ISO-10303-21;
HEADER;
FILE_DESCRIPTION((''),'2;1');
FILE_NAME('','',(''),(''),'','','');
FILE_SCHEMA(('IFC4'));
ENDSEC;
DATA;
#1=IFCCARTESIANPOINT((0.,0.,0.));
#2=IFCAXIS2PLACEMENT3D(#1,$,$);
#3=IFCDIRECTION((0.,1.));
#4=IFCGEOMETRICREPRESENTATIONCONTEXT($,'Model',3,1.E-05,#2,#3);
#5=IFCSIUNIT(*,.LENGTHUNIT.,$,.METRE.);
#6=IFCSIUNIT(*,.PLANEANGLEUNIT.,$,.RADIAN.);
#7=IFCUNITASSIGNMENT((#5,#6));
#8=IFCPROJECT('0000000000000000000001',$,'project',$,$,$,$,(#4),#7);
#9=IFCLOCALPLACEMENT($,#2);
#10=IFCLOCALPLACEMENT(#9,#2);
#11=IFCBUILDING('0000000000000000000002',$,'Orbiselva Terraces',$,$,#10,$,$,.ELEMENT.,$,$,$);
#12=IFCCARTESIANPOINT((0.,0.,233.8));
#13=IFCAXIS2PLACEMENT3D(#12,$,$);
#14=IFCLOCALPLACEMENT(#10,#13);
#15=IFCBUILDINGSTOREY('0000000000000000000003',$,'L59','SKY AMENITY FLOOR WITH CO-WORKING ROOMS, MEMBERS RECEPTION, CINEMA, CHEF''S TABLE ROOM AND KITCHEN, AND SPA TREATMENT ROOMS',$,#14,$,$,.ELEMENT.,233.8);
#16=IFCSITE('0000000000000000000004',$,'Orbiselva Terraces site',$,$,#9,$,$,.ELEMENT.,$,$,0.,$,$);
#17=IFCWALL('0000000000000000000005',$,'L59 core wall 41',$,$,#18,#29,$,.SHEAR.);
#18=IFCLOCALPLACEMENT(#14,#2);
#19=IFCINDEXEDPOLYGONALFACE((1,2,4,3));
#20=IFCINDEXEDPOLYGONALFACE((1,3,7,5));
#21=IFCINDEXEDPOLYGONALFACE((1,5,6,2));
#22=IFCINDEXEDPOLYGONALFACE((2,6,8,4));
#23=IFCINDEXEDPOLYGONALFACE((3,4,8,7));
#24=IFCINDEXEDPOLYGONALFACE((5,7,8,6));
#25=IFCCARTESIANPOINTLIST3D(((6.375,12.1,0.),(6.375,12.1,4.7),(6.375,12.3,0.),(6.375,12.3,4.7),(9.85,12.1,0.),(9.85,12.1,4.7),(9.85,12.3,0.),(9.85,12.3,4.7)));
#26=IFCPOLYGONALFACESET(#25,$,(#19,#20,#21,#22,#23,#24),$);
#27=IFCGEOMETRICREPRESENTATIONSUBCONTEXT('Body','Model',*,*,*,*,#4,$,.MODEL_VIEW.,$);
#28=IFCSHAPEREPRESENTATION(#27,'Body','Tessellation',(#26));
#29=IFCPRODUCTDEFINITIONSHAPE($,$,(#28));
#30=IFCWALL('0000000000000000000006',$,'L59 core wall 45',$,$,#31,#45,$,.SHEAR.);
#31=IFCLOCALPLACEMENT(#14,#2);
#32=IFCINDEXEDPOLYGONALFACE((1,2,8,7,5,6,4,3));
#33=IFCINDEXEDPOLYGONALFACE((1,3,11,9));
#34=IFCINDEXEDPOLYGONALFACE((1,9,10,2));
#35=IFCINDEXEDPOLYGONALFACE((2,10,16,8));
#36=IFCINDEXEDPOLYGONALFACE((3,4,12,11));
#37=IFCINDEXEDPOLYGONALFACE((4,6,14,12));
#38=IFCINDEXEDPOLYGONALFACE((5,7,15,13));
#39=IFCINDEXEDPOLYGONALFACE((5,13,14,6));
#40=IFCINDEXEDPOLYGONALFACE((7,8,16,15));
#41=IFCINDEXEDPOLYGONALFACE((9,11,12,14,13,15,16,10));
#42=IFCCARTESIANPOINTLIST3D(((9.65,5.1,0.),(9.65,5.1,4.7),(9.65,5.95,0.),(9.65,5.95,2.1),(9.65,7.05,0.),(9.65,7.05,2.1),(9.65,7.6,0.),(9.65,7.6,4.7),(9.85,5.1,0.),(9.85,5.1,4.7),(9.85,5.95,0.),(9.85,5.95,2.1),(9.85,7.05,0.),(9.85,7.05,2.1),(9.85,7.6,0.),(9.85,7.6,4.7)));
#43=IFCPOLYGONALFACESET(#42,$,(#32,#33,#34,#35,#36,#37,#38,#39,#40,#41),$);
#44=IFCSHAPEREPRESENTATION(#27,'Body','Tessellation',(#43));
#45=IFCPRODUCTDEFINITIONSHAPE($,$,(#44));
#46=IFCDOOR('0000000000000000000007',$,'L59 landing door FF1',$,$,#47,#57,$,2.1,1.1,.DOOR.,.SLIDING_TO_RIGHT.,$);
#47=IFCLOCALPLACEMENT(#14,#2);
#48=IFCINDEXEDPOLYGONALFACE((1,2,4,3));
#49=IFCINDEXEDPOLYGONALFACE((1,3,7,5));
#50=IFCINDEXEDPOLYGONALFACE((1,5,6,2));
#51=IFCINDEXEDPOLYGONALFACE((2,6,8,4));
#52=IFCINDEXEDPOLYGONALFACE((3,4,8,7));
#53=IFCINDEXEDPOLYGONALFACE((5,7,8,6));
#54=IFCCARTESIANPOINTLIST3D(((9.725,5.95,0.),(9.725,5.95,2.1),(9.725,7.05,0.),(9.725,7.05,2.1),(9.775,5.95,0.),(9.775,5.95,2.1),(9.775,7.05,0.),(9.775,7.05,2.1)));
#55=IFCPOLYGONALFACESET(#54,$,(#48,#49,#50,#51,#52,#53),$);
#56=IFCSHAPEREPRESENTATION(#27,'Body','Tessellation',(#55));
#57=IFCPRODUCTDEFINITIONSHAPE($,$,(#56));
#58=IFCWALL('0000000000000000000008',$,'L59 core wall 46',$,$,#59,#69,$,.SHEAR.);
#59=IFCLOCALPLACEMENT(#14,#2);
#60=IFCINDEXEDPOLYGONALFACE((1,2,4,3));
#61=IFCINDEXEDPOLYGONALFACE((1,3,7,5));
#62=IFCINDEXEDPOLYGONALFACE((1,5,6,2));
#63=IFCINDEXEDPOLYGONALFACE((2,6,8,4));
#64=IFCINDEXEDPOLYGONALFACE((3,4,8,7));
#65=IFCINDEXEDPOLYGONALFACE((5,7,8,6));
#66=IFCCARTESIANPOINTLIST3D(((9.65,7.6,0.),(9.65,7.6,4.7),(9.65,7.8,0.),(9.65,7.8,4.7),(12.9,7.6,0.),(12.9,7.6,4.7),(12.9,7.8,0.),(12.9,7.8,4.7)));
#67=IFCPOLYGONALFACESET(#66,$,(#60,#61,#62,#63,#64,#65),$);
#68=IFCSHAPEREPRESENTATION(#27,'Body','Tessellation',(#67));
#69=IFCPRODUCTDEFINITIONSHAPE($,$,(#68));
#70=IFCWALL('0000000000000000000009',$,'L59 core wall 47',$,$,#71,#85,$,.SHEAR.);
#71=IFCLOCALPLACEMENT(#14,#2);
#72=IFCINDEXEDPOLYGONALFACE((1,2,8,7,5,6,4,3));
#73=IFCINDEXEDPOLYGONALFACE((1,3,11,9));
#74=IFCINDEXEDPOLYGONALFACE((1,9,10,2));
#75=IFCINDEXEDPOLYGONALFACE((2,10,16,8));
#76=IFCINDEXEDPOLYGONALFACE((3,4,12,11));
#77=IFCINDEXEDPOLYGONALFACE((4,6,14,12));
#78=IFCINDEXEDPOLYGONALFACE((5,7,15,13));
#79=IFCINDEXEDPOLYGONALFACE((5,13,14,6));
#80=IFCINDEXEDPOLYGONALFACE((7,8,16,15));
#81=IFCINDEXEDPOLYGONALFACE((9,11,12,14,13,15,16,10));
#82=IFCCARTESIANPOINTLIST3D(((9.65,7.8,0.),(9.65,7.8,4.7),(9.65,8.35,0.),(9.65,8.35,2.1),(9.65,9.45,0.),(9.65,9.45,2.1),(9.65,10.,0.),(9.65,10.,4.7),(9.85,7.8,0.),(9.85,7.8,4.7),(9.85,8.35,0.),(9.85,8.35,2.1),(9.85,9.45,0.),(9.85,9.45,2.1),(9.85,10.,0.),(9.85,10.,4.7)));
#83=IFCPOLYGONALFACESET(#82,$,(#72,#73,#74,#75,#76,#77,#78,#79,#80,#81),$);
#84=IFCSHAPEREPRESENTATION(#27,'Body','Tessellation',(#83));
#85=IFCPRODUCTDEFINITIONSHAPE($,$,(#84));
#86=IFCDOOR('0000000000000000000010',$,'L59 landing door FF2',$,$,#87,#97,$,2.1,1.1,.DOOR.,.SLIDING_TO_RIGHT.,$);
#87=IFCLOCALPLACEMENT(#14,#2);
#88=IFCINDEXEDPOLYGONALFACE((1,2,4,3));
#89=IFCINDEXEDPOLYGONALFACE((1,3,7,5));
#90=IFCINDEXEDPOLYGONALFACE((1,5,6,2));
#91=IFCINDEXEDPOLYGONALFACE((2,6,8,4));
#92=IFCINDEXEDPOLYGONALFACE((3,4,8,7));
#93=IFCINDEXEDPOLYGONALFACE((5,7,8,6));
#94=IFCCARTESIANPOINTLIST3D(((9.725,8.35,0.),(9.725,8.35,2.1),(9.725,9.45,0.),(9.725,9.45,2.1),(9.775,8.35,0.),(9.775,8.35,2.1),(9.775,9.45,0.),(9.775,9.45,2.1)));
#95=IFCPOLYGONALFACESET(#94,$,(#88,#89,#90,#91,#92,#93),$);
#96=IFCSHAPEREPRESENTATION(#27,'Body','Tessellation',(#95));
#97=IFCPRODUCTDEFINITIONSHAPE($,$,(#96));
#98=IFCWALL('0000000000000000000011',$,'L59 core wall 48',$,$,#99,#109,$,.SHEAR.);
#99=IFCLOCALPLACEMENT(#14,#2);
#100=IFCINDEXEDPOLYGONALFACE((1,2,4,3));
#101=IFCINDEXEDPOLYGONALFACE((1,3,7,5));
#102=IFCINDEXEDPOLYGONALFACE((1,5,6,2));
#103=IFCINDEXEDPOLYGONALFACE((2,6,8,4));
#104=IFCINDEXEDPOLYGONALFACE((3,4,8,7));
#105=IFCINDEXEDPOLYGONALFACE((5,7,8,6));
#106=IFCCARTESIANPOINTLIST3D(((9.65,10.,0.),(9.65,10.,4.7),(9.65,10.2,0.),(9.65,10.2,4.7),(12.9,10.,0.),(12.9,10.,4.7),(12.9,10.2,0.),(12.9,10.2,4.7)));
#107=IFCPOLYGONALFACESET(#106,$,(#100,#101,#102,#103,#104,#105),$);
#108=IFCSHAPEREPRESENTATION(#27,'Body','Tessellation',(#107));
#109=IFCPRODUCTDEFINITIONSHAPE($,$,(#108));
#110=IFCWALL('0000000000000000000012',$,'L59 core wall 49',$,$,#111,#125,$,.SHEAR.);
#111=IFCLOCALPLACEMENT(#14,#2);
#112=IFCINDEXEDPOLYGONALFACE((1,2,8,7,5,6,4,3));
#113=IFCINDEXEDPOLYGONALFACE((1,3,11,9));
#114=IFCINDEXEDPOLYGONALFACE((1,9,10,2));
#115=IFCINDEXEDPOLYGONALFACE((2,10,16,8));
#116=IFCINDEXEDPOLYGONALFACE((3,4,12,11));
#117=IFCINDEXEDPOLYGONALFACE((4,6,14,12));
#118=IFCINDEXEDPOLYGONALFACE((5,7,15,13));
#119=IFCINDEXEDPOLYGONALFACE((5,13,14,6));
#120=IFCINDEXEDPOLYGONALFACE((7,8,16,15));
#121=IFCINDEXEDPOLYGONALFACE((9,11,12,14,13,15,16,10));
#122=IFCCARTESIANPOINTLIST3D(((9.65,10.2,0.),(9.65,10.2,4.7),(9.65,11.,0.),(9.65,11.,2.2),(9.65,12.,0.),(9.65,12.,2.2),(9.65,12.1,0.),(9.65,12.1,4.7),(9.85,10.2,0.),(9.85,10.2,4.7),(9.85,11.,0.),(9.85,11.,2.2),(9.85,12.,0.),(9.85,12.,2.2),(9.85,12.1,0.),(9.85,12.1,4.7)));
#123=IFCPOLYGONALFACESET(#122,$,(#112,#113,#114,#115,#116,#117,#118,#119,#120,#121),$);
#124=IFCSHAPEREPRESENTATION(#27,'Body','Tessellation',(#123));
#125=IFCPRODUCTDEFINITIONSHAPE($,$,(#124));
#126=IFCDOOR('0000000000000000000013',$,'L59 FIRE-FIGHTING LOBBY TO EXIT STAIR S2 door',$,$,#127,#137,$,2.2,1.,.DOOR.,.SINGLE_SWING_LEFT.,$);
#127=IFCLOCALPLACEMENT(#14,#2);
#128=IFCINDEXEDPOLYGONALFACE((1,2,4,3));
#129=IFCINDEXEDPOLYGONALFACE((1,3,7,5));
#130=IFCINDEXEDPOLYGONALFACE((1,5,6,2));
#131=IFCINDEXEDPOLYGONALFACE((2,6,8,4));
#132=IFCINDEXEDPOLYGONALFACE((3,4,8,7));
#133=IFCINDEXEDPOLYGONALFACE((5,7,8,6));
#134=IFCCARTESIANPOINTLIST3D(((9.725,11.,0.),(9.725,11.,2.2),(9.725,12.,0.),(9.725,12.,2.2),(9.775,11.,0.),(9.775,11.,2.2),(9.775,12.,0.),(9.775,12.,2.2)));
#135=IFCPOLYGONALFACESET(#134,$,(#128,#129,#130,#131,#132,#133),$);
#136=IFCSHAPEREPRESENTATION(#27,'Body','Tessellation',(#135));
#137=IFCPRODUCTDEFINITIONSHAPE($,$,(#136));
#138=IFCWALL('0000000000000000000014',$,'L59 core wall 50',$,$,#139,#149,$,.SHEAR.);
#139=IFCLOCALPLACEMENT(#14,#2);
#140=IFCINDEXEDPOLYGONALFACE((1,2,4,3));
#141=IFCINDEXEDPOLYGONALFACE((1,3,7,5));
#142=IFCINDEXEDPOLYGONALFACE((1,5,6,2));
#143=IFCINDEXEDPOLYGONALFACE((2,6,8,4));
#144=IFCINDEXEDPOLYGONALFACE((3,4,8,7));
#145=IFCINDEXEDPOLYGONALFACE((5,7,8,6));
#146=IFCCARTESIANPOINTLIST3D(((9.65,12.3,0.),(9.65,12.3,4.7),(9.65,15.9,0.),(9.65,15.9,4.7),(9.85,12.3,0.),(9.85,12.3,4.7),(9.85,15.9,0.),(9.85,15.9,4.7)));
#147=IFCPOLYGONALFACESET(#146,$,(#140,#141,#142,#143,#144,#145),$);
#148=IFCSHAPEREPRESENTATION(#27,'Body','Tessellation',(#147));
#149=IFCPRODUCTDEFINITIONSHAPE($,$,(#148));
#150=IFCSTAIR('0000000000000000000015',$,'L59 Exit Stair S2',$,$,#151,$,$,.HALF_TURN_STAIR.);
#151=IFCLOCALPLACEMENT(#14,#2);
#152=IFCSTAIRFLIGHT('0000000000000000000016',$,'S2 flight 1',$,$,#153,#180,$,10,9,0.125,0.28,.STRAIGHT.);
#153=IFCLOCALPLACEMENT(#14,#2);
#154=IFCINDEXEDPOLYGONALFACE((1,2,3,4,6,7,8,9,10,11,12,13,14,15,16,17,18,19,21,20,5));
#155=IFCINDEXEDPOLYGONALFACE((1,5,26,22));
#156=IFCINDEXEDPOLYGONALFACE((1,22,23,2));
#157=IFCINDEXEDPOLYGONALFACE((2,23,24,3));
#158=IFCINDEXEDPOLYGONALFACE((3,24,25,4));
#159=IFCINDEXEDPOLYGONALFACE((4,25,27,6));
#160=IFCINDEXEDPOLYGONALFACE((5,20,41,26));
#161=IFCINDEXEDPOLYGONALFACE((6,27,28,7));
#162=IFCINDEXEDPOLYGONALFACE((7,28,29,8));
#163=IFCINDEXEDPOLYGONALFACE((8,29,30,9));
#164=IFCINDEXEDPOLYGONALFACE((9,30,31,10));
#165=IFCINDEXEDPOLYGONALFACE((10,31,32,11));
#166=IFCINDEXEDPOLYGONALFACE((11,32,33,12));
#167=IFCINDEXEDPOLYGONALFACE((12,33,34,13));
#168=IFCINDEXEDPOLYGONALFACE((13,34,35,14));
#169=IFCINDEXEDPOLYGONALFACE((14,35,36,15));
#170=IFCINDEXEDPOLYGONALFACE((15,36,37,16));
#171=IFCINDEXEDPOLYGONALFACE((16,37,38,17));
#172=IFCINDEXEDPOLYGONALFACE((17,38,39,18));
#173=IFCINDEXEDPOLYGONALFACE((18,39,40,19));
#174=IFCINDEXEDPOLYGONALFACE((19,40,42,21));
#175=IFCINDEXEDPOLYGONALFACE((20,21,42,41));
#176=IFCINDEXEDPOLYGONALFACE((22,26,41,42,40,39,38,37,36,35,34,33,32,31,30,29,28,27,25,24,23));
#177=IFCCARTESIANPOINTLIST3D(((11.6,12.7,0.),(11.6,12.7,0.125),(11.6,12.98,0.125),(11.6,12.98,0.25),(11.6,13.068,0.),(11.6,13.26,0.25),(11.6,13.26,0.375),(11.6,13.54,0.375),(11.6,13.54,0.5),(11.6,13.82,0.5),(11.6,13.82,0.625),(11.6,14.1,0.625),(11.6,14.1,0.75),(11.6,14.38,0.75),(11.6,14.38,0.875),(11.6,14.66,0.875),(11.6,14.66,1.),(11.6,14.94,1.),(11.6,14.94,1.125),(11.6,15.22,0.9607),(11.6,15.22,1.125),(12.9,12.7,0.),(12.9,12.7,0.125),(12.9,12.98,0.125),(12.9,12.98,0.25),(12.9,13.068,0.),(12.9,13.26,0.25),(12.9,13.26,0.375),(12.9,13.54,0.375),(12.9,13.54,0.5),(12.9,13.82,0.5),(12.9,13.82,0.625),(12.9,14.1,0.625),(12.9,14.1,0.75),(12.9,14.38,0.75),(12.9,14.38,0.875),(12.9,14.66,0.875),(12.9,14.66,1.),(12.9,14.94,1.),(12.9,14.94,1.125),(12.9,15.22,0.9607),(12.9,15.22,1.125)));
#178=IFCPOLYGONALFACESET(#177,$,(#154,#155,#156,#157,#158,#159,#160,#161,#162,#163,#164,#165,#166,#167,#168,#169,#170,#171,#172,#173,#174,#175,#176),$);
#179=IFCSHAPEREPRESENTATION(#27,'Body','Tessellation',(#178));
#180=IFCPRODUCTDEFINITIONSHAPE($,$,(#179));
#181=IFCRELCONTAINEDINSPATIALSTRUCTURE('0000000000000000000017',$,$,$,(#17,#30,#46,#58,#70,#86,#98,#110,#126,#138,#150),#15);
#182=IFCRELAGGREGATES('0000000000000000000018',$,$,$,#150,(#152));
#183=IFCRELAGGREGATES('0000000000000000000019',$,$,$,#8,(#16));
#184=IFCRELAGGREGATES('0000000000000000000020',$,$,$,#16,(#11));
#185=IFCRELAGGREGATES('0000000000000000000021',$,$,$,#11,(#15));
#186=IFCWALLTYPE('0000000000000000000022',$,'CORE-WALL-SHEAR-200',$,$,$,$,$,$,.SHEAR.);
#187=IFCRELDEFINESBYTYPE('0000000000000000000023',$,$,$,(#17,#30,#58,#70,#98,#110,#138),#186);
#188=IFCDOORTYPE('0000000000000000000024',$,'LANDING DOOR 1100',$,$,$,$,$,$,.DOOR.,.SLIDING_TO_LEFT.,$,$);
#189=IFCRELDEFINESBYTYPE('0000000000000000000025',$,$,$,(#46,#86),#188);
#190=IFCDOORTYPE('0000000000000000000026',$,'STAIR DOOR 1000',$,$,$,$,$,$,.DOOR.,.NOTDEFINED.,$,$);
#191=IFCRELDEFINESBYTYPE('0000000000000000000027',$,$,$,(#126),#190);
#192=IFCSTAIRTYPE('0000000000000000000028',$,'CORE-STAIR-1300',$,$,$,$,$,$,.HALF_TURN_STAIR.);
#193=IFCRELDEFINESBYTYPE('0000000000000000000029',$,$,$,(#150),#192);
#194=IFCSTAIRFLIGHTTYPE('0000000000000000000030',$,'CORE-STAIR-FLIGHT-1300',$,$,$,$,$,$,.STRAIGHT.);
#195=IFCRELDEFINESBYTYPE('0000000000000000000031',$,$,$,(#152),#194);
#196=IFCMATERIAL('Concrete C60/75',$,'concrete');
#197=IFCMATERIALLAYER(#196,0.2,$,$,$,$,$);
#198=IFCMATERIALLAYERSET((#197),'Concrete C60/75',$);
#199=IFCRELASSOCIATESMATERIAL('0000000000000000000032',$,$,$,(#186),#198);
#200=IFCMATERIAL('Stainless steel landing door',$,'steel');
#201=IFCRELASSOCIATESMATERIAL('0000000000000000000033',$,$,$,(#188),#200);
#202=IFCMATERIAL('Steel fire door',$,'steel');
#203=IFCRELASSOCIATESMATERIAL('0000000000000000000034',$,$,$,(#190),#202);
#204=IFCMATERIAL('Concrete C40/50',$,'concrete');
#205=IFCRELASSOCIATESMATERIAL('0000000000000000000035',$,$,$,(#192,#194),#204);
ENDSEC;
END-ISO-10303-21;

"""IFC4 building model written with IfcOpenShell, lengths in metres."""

from ifc_helpers import new_model, si_unit, direction, frame, frame_2d, origin, place, context, subcontext, project, spatial, polyline, rectangle, outline, extrude, material, layer, layer_set, type_object, element, fill, aggregate, save


model = new_model("IFC4")

# Units and contexts
model_context = context("Model", 3, precision=1e-05, world=origin(), true_north=direction((0.0, 1.0)))
body_context = subcontext(model_context, "Body", "Model", "MODEL_VIEW")
ifc_project = project(units=[si_unit("LENGTHUNIT", "METRE"), si_unit("PLANEANGLEUNIT", "RADIAN")], contexts=[model_context])

# Site, building, storey
site_placement = place(None, origin())
site = spatial("IfcSite", under=ifc_project, at=site_placement, Name="Orbiselva Terraces site", CompositionType="ELEMENT", RefElevation=0.0)
building_placement = place(site_placement, origin())
building = spatial("IfcBuilding", under=site, at=building_placement, Name="Orbiselva Terraces", CompositionType="ELEMENT")
storey_placement = place(building_placement, frame((0.0, 0.0, 233.8)))
storey = spatial("IfcBuildingStorey", under=building, at=storey_placement, Name="L59", Description="SKY AMENITY FLOOR WITH CO-WORKING ROOMS, MEMBERS RECEPTION, CINEMA, CHEF'S TABLE ROOM AND KITCHEN, AND SPA TREATMENT ROOMS", CompositionType="ELEMENT", Elevation=233.8)

# Shared definitions
ifc_material_1 = material(Name="Steel fire door", Category="steel")

# Shared definitions
ifc_material_2 = material(Name="Concrete C60/75", Category="concrete")
ifc_layer_1 = layer(ifc_material_2, 0.2)
ifc_layer_set_1 = layer_set([ifc_layer_1], Name="Concrete C60/75")
wall_type_1 = type_object("IfcWallType", Name="CORE-WALL-SHEAR-200", PredefinedType="SHEAR", material=ifc_layer_set_1)

# Wall
wall_1_placement = place(storey_placement, frame((6.375, 12.2, 0.0), z_axis=(0.0, 0.0, 1.0), x_axis=(1.0, 0.0, 0.0)))
element("IfcWall", 1, at=wall_1_placement, inside=storey, type_object=wall_type_1, Name="L59 core wall 41", PredefinedType="SHEAR", context=body_context, shape_type="SweptSolid", body=[
    extrude(rectangle(XDim=3.475, YDim=0.2, at=frame_2d((1.7375, 0.0))), origin(), (0.0, 0.0, 1.0), 4.7),
])

# Wall, opening, door
wall_2_placement = place(storey_placement, frame((9.75, 5.1, 0.0), z_axis=(0.0, 0.0, 1.0), x_axis=(0.0, 1.0, 0.0)))
wall_2 = element("IfcWall", 2, at=wall_2_placement, inside=storey, type_object=wall_type_1, Name="L59 core wall 45", PredefinedType="SHEAR", context=body_context, shape_type="SweptSolid", body=[
    extrude(rectangle(XDim=2.5, YDim=0.2, at=frame_2d((1.25, 0.0))), origin(), (0.0, 0.0, 1.0), 4.7),
])
opening_1_placement = place(wall_2_placement, frame((0.85, 0.0, 0.0)))
opening_1 = element("IfcOpeningElement", 3, at=opening_1_placement, cuts=wall_2, PredefinedType="OPENING", context=body_context, shape_type="SweptSolid", body=[
    extrude(rectangle(XDim=1.1, YDim=2.1, at=frame_2d((0.55, 1.05))), frame((0.0, 0.11, 0.0), z_axis=(0.0, -1.0, 0.0), x_axis=(1.0, 0.0, 0.0)), (0.0, 0.0, 1.0), 0.22),
])
ifc_material_3 = material(Name="Stainless steel landing door", Category="steel")
door_type_1 = type_object("IfcDoorType", Name="LANDING DOOR 1100", OperationType="SLIDING_TO_LEFT", PredefinedType="DOOR", material=ifc_material_3)
door_1_placement = place(opening_1_placement, origin())
door_1 = element("IfcDoor", 4, at=door_1_placement, inside=storey, type_object=door_type_1, Name="L59 landing door FF1", OperationType="SLIDING_TO_RIGHT", OverallHeight=2.1, OverallWidth=1.1, PredefinedType="DOOR", context=body_context, shape_type="SweptSolid", body=[
    extrude(rectangle(XDim=1.1, YDim=2.1, at=frame_2d((0.55, 1.05))), frame((0.0, 0.025, 0.0), z_axis=(0.0, -1.0, 0.0), x_axis=(1.0, 0.0, 0.0)), (0.0, 0.0, 1.0), 0.05),
])
fill(opening_1, door_1)

# Wall
wall_3_placement = place(storey_placement, frame((9.65, 7.7, 0.0), z_axis=(0.0, 0.0, 1.0), x_axis=(1.0, 0.0, 0.0)))
element("IfcWall", 5, at=wall_3_placement, inside=storey, type_object=wall_type_1, Name="L59 core wall 46", PredefinedType="SHEAR", context=body_context, shape_type="SweptSolid", body=[
    extrude(rectangle(XDim=3.25, YDim=0.2, at=frame_2d((1.625, 0.0))), origin(), (0.0, 0.0, 1.0), 4.7),
])

# Wall, opening, door
wall_4_placement = place(storey_placement, frame((9.75, 7.8, 0.0), z_axis=(0.0, 0.0, 1.0), x_axis=(0.0, 1.0, 0.0)))
wall_4 = element("IfcWall", 6, at=wall_4_placement, inside=storey, type_object=wall_type_1, Name="L59 core wall 47", PredefinedType="SHEAR", context=body_context, shape_type="SweptSolid", body=[
    extrude(rectangle(XDim=2.2, YDim=0.2, at=frame_2d((1.1, 0.0))), origin(), (0.0, 0.0, 1.0), 4.7),
])
opening_2_placement = place(wall_4_placement, frame((0.55, 0.0, 0.0)))
opening_2 = element("IfcOpeningElement", 7, at=opening_2_placement, cuts=wall_4, PredefinedType="OPENING", context=body_context, shape_type="SweptSolid", body=[
    extrude(rectangle(XDim=1.1, YDim=2.1, at=frame_2d((0.55, 1.05))), frame((0.0, 0.11, 0.0), z_axis=(0.0, -1.0, 0.0), x_axis=(1.0, 0.0, 0.0)), (0.0, 0.0, 1.0), 0.22),
])
door_2_placement = place(opening_2_placement, origin())
door_2 = element("IfcDoor", 8, at=door_2_placement, inside=storey, type_object=door_type_1, Name="L59 landing door FF2", OperationType="SLIDING_TO_RIGHT", OverallHeight=2.1, OverallWidth=1.1, PredefinedType="DOOR", context=body_context, shape_type="SweptSolid", body=[
    extrude(rectangle(XDim=1.1, YDim=2.1, at=frame_2d((0.55, 1.05))), frame((0.0, 0.025, 0.0), z_axis=(0.0, -1.0, 0.0), x_axis=(1.0, 0.0, 0.0)), (0.0, 0.0, 1.0), 0.05),
])
fill(opening_2, door_2)

# Wall
wall_5_placement = place(storey_placement, frame((9.65, 10.1, 0.0), z_axis=(0.0, 0.0, 1.0), x_axis=(1.0, 0.0, 0.0)))
element("IfcWall", 9, at=wall_5_placement, inside=storey, type_object=wall_type_1, Name="L59 core wall 48", PredefinedType="SHEAR", context=body_context, shape_type="SweptSolid", body=[
    extrude(rectangle(XDim=3.25, YDim=0.2, at=frame_2d((1.625, 0.0))), origin(), (0.0, 0.0, 1.0), 4.7),
])

# Wall, opening, door
wall_6_placement = place(storey_placement, frame((9.75, 12.1, 0.0), z_axis=(0.0, 0.0, 1.0), x_axis=(0.0, -1.0, 0.0)))
wall_6 = element("IfcWall", 10, at=wall_6_placement, inside=storey, type_object=wall_type_1, Name="L59 core wall 49", PredefinedType="SHEAR", context=body_context, shape_type="SweptSolid", body=[
    extrude(rectangle(XDim=1.9, YDim=0.2, at=frame_2d((0.95, 0.0))), origin(), (0.0, 0.0, 1.0), 4.7),
])
opening_3_placement = place(wall_6_placement, frame((0.1, 0.0, 0.0)))
opening_3 = element("IfcOpeningElement", 11, at=opening_3_placement, cuts=wall_6, PredefinedType="OPENING", context=body_context, shape_type="SweptSolid", body=[
    extrude(rectangle(XDim=1.0, YDim=2.2, at=frame_2d((0.5, 1.1))), frame((0.0, 0.11, 0.0), z_axis=(0.0, -1.0, 0.0), x_axis=(1.0, 0.0, 0.0)), (0.0, 0.0, 1.0), 0.22),
])
door_type_2 = type_object("IfcDoorType", Name="STAIR DOOR 1000", OperationType="NOTDEFINED", PredefinedType="DOOR", material=ifc_material_1)
door_3_placement = place(opening_3_placement, origin())
door_3 = element("IfcDoor", 12, at=door_3_placement, inside=storey, type_object=door_type_2, Name="L59 FIRE-FIGHTING LOBBY TO EXIT STAIR S2 door", OperationType="SINGLE_SWING_LEFT", OverallHeight=2.2, OverallWidth=1.0, PredefinedType="DOOR", context=body_context, shape_type="SweptSolid", body=[
    extrude(rectangle(XDim=1.0, YDim=2.2, at=frame_2d((0.5, 1.1))), frame((0.0, 0.025, 0.0), z_axis=(0.0, -1.0, 0.0), x_axis=(1.0, 0.0, 0.0)), (0.0, 0.0, 1.0), 0.05),
])
fill(opening_3, door_3)

# Wall
wall_7_placement = place(storey_placement, frame((9.75, 12.3, 0.0), z_axis=(0.0, 0.0, 1.0), x_axis=(0.0, 1.0, 0.0)))
element("IfcWall", 13, at=wall_7_placement, inside=storey, type_object=wall_type_1, Name="L59 core wall 50", PredefinedType="SHEAR", context=body_context, shape_type="SweptSolid", body=[
    extrude(rectangle(XDim=3.6, YDim=0.2, at=frame_2d((1.8, 0.0))), origin(), (0.0, 0.0, 1.0), 4.7),
])

# Stair, stair flight
ifc_material_4 = material(Name="Concrete C40/50", Category="concrete")
stair_type = type_object("IfcStairType", Name="CORE-STAIR-1300", PredefinedType="HALF_TURN_STAIR", material=ifc_material_4)
stair_placement = place(storey_placement, origin())
stair = element("IfcStair", 14, at=stair_placement, inside=storey, type_object=stair_type, Name="L59 Exit Stair S2", PredefinedType="HALF_TURN_STAIR")
stair_flight_type = type_object("IfcStairFlightType", Name="CORE-STAIR-FLIGHT-1300", PredefinedType="STRAIGHT", material=ifc_material_4)
stair_flight_1_placement = place(storey_placement, frame((12.25, 12.7, 0.0), z_axis=(0.0, 0.0, 1.0), x_axis=(0.0, 1.0, 0.0)))
stair_flight_1 = element("IfcStairFlight", 15, at=stair_flight_1_placement, type_object=stair_flight_type, Name="S2 flight 1", NumberOfRisers=10, NumberOfTreads=9, PredefinedType="STRAIGHT", RiserHeight=0.125, TreadLength=0.28, context=body_context, shape_type="SweptSolid", body=[
    extrude(outline(polyline([(0.0, 0.0), (0.0, 0.125), (0.28, 0.125), (0.28, 0.25), (0.56, 0.25), (0.56, 0.375), (0.84, 0.375), (0.84, 0.5), (1.12, 0.5), (1.12, 0.625), (1.4, 0.625), (1.4, 0.75), (1.68, 0.75), (1.68, 0.875), (1.96, 0.875), (1.96, 1.0), (2.24, 1.0), (2.24, 1.125), (2.52, 1.125), (2.52, 1.25), (2.52, 0.9607), (0.368, 0.0), (0.0, 0.0)])), frame((0.0, 0.65, 0.0), z_axis=(0.0, -1.0, 0.0), x_axis=(1.0, 0.0, 0.0)), (0.0, 0.0, 1.0), 1.3),
])
aggregate(stair, [stair_flight_1])

save(model, "model.ifc")
